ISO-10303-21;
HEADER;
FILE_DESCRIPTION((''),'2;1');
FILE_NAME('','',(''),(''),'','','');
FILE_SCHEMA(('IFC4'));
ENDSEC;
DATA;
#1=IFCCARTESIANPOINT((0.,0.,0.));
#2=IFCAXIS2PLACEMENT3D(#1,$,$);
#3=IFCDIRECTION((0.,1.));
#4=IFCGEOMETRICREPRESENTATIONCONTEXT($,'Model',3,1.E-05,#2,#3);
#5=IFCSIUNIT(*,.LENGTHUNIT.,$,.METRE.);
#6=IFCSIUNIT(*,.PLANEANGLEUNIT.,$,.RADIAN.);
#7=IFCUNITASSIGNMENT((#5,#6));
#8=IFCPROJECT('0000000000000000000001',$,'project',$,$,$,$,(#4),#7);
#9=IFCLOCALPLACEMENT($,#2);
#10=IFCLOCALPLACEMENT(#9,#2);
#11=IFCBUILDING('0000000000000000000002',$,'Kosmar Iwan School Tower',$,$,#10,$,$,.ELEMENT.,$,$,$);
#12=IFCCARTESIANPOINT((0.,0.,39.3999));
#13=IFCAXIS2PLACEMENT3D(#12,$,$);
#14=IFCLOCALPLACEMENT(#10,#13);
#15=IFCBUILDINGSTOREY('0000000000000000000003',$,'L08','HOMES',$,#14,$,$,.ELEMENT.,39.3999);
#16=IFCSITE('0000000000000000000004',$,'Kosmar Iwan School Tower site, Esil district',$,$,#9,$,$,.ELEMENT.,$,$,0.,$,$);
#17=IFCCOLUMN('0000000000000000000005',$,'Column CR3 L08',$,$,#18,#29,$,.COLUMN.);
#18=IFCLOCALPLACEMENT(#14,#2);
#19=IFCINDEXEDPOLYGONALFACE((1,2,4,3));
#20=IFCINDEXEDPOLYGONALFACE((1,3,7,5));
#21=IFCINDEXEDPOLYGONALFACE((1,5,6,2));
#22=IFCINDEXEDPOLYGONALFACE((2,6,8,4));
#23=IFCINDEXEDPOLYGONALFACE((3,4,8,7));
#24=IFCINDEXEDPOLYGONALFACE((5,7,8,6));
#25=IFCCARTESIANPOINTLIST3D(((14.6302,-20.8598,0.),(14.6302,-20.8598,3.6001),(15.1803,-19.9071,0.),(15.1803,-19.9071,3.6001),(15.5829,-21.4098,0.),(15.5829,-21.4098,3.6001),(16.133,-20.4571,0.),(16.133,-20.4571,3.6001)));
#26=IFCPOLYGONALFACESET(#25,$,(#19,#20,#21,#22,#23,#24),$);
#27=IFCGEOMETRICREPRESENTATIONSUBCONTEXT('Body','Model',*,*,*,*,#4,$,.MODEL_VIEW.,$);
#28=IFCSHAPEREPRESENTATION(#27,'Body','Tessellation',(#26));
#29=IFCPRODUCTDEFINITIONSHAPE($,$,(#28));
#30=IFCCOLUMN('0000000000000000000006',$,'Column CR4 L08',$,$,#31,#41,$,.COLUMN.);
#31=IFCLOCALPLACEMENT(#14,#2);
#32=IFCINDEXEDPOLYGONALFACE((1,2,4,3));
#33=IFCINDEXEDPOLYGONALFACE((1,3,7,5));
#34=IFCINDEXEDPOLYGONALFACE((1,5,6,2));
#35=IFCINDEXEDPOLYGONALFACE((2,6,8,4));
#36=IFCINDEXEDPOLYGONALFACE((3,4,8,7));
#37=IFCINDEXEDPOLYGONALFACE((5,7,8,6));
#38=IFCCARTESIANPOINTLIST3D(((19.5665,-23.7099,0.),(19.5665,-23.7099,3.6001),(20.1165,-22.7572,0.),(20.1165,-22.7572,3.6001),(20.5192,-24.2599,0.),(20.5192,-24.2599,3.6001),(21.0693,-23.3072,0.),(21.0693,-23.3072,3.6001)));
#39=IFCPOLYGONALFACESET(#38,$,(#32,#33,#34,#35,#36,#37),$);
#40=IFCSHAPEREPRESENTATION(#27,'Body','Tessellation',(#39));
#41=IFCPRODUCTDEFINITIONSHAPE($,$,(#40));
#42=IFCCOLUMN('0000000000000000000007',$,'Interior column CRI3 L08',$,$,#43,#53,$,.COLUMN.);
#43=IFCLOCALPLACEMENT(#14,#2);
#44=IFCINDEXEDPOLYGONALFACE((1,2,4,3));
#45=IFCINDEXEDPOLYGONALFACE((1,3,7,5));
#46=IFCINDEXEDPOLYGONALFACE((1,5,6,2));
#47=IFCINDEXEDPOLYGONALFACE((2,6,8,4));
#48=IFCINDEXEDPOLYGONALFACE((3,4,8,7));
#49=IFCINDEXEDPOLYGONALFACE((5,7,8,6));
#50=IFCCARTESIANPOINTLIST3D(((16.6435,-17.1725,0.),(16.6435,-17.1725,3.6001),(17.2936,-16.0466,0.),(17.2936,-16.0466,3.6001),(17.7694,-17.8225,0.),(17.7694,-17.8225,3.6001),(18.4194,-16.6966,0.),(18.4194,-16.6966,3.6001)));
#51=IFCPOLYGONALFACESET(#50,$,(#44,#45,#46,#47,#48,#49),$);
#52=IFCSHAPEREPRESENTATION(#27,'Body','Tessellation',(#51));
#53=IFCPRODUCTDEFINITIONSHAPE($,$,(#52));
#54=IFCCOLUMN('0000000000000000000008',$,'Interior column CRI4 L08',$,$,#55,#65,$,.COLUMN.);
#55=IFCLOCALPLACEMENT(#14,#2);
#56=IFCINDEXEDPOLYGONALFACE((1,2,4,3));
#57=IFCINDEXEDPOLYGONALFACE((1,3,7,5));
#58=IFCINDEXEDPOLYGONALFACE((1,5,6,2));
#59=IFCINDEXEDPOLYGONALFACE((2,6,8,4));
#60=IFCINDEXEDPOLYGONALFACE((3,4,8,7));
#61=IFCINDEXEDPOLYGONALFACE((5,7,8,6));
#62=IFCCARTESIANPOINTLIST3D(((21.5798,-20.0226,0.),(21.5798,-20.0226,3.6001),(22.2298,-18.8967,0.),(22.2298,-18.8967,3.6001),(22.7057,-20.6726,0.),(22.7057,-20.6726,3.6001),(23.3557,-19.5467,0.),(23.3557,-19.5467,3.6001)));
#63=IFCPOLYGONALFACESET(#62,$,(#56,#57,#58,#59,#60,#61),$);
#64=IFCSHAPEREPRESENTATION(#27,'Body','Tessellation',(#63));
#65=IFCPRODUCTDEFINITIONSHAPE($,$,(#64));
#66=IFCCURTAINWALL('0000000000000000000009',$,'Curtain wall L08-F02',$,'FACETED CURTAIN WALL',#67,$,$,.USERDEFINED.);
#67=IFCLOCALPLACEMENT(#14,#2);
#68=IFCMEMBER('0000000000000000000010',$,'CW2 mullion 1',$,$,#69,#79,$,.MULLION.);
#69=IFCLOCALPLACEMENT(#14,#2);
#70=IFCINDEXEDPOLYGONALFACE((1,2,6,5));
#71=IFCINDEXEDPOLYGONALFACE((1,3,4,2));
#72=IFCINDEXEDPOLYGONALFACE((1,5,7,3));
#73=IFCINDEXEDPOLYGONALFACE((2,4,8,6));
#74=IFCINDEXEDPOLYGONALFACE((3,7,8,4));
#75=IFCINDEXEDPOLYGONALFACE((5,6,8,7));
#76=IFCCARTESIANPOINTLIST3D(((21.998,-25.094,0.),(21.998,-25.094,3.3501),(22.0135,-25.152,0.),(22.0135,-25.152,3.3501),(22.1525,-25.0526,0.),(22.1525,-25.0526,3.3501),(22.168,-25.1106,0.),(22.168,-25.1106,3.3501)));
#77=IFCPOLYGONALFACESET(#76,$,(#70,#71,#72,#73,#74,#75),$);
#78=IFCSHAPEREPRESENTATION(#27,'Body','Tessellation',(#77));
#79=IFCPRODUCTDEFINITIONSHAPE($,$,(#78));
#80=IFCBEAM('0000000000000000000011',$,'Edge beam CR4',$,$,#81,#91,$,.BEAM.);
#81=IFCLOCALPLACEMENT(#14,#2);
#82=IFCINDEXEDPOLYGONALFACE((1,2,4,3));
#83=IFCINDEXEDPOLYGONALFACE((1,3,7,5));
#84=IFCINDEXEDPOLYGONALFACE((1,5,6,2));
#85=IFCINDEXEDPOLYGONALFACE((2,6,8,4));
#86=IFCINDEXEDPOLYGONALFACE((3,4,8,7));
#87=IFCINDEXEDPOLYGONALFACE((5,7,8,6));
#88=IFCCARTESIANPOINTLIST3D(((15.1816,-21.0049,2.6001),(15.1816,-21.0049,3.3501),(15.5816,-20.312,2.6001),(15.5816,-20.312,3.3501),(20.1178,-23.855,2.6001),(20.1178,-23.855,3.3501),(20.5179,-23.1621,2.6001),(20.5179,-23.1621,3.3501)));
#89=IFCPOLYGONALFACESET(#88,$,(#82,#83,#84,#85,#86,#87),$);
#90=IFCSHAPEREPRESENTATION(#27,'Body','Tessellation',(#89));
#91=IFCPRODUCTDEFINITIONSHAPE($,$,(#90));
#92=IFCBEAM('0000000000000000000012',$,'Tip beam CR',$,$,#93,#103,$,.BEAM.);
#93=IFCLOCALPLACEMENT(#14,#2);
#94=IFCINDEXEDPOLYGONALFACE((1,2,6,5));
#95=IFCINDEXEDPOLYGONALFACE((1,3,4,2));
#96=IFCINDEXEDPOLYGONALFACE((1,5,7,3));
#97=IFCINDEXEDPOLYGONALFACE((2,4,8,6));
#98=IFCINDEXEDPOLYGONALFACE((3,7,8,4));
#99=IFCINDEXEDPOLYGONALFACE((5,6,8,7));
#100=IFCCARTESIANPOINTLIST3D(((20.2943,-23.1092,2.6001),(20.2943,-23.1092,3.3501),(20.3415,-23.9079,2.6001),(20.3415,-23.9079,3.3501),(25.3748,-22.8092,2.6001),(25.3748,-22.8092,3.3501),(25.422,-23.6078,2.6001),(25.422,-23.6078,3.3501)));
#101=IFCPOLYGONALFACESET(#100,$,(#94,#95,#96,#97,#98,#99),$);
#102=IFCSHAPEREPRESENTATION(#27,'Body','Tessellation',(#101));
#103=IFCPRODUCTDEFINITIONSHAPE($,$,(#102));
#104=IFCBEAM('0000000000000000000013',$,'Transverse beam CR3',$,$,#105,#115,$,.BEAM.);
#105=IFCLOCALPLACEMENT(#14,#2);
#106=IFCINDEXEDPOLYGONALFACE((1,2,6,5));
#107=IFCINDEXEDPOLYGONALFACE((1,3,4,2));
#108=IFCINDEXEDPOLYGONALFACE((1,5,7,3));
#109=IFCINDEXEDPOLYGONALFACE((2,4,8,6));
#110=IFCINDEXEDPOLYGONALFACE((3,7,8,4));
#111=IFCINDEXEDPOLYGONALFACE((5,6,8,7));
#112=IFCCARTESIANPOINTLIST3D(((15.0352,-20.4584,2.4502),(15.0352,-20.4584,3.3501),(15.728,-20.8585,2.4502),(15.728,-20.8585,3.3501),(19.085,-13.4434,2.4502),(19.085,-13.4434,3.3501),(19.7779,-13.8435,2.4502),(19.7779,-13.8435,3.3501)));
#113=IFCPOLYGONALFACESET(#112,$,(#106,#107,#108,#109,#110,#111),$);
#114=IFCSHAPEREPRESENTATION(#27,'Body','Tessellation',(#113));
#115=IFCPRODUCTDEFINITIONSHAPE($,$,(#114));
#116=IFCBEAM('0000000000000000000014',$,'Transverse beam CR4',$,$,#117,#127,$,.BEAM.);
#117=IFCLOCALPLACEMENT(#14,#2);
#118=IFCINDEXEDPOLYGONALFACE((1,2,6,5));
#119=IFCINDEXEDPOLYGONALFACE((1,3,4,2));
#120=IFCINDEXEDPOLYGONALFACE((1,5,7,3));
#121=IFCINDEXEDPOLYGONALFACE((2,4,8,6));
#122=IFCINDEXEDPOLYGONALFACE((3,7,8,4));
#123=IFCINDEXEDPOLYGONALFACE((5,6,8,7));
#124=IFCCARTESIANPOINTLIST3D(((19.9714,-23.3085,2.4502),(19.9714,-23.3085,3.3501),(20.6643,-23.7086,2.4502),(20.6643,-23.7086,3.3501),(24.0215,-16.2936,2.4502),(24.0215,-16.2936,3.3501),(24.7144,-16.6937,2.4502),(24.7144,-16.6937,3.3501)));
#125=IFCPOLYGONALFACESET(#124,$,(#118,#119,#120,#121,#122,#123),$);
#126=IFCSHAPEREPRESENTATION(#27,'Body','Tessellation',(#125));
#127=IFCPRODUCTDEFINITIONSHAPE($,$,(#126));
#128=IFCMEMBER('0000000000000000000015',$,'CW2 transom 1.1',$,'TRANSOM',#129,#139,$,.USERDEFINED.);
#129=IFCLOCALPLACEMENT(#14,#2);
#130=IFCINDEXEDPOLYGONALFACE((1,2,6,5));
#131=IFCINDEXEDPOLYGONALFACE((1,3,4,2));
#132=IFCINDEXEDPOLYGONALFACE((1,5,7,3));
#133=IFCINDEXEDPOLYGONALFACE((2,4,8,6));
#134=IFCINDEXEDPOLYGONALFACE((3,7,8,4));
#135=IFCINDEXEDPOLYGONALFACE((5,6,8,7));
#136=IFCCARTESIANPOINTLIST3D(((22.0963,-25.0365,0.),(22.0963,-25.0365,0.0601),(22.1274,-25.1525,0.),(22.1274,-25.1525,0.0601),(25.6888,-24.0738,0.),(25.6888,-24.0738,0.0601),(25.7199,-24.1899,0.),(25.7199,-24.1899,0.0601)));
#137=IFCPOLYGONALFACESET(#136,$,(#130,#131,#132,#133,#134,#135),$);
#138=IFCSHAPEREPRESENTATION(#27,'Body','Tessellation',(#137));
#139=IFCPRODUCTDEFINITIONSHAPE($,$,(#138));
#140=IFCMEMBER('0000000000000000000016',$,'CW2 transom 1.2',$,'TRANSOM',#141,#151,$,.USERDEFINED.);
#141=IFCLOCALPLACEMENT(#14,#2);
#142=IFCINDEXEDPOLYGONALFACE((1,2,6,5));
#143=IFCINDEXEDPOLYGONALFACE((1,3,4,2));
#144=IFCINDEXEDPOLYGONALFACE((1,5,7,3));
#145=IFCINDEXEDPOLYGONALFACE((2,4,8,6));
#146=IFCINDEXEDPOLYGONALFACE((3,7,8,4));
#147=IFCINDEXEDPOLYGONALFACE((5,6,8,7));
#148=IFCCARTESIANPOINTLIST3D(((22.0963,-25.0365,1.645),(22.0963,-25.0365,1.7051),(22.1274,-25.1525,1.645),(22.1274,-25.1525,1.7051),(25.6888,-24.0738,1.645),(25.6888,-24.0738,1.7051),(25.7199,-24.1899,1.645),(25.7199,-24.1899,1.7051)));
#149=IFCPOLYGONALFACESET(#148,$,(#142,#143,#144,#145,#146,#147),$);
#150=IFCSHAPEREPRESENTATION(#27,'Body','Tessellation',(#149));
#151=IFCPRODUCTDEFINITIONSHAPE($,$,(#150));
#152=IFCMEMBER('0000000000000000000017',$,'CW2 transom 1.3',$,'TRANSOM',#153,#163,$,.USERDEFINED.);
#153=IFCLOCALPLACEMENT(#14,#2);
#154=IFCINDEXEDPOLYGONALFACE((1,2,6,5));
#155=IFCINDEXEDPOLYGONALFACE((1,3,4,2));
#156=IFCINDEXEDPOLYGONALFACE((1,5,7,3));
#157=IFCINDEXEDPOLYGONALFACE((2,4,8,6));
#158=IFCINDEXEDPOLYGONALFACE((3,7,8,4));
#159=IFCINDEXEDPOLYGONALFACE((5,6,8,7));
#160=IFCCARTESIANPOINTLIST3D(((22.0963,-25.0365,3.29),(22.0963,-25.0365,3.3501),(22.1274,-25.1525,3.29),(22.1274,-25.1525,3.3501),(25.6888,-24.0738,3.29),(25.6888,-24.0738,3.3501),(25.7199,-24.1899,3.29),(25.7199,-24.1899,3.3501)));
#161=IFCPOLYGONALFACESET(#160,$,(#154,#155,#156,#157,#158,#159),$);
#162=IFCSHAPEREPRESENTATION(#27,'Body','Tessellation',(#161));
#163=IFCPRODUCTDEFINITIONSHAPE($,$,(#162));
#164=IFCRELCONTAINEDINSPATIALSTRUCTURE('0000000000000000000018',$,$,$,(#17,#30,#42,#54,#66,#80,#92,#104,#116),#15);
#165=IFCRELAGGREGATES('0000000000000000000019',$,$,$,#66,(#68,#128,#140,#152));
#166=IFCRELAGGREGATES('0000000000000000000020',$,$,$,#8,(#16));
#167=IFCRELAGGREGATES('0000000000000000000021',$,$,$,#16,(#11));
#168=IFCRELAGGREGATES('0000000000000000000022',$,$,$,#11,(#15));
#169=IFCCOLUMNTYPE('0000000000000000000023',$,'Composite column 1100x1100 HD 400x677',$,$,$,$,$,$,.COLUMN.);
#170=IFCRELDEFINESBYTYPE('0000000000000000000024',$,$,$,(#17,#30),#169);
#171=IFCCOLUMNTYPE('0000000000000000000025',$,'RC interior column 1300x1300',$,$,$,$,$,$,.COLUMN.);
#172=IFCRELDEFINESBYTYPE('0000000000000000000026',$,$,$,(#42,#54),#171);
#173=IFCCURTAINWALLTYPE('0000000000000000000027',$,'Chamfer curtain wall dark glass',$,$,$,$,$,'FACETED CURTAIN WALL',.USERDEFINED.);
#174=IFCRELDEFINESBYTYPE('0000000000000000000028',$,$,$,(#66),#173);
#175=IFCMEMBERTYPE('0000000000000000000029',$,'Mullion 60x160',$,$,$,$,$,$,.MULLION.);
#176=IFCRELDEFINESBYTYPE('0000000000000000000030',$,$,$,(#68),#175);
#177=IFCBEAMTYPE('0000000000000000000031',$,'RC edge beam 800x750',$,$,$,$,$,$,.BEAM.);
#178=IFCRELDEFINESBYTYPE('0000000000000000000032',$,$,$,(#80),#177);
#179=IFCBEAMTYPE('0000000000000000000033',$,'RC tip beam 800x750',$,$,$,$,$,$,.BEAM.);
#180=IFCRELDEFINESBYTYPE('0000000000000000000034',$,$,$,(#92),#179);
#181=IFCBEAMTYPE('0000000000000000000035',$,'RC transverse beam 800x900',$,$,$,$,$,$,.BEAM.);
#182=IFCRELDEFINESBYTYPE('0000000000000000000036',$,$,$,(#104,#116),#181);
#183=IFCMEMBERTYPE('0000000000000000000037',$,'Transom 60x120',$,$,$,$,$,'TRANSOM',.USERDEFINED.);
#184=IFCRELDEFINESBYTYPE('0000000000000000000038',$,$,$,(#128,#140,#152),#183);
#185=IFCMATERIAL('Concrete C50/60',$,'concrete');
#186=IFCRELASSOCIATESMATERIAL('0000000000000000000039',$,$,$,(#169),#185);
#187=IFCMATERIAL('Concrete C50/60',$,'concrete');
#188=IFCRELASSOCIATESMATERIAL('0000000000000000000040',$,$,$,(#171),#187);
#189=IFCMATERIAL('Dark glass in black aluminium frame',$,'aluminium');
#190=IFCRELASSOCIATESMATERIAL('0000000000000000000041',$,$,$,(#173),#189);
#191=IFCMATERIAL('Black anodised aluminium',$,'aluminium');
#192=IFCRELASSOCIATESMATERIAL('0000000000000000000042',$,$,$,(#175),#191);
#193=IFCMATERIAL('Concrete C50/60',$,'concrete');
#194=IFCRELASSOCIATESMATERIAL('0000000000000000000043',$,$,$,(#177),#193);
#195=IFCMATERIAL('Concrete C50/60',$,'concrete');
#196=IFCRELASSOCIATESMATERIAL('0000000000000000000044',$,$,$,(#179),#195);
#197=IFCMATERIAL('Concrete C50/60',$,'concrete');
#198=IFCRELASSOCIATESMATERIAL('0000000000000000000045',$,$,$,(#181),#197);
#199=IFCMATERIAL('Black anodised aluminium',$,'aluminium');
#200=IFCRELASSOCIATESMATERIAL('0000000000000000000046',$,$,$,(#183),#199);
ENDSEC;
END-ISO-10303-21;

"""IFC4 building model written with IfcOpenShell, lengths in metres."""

from ifc_helpers import new_model, si_unit, direction, frame, origin, origin_2d, place, context, subcontext, project, spatial, rectangle, extrude, material, material_profile, profile_set, type_object, element, aggregate, save


model = new_model("IFC4")

# Units and contexts
model_context = context("Model", 3, precision=1e-05, world=origin(), true_north=direction((0.0, 1.0)))
body_context = subcontext(model_context, "Body", "Model", "MODEL_VIEW")
ifc_project = project(units=[si_unit("LENGTHUNIT", "METRE"), si_unit("PLANEANGLEUNIT", "RADIAN")], contexts=[model_context])

# Site, building, storey
site_placement = place(None, origin())
site = spatial("IfcSite", under=ifc_project, at=site_placement, Name="Kosmar Iwan School Tower site, Esil district", CompositionType="ELEMENT", RefElevation=0.0)
building_placement = place(site_placement, origin())
building = spatial("IfcBuilding", under=site, at=building_placement, Name="Kosmar Iwan School Tower", CompositionType="ELEMENT")
storey_placement = place(building_placement, frame((0.0, 0.0, 39.3999)))
storey = spatial("IfcBuildingStorey", under=building, at=storey_placement, Name="L08", Description="HOMES", CompositionType="ELEMENT", Elevation=39.3999)

# Columns
ifc_material_1 = material(Name="Concrete C50/60", Category="concrete")
ifc_material_profile_1 = material_profile(ifc_material_1, rectangle(XDim=1.1001, YDim=1.1001, at=origin_2d()), Name="RC 1100x1100 + HD 400x677")
ifc_profile_set_1 = profile_set([ifc_material_profile_1], Name="Concrete C50/60")
column_type_1 = type_object("IfcColumnType", Name="Composite column 1100x1100 HD 400x677", PredefinedType="COLUMN", material=ifc_profile_set_1)
for number, where, z_axis, x_axis, name in (
    (1, (15.3816, -20.6584, 0.0), (0.0, 0.0, 1.0), (0.866025, -0.5, 0.0), "Column CR3 L08"),
    (2, (20.3179, -23.5085, 0.0), (0.0, 0.0, 1.0), (0.866025, -0.5, 0.0), "Column CR4 L08"),
):
    element("IfcColumn", number, at=place(storey_placement, frame(where, z_axis=z_axis, x_axis=x_axis)), inside=storey, type_object=column_type_1, Name=name, PredefinedType="COLUMN", context=body_context, shape_type="SweptSolid", body=[
        extrude(rectangle(XDim=1.1001, YDim=1.1001, at=origin_2d()), origin(), (0.0, 0.0, 1.0), 3.6001),
    ])
ifc_material_2 = material(Name="Concrete C50/60", Category="concrete")
ifc_material_profile_2 = material_profile(ifc_material_2, rectangle(XDim=1.3, YDim=1.3, at=origin_2d()), Name="RC 1300x1300")
ifc_profile_set_2 = profile_set([ifc_material_profile_2], Name="Concrete C50/60")
column_type_2 = type_object("IfcColumnType", Name="RC interior column 1300x1300", PredefinedType="COLUMN", material=ifc_profile_set_2)
for number, where, z_axis, x_axis, name in (
    (3, (17.5315, -16.9346, 0.0), (0.0, 0.0, 1.0), (0.866025, -0.5, 0.0), "Interior column CRI3 L08"),
    (4, (22.4678, -19.7847, 0.0), (0.0, 0.0, 1.0), (0.866025, -0.5, 0.0), "Interior column CRI4 L08"),
):
    element("IfcColumn", number, at=place(storey_placement, frame(where, z_axis=z_axis, x_axis=x_axis)), inside=storey, type_object=column_type_2, Name=name, PredefinedType="COLUMN", context=body_context, shape_type="SweptSolid", body=[
        extrude(rectangle(XDim=1.3, YDim=1.3, at=origin_2d()), origin(), (0.0, 0.0, 1.0), 3.6001),
    ])

# Curtain wall, member
ifc_material_3 = material(Name="Dark glass in black aluminium frame", Category="aluminium")
curtain_wall_type = type_object("IfcCurtainWallType", Name="Chamfer curtain wall dark glass", ElementType="FACETED CURTAIN WALL", PredefinedType="USERDEFINED", material=ifc_material_3)
curtain_wall_placement = place(storey_placement, origin())
curtain_wall = element("IfcCurtainWall", 5, at=curtain_wall_placement, inside=storey, type_object=curtain_wall_type, Name="Curtain wall L08-F02", ObjectType="FACETED CURTAIN WALL", PredefinedType="USERDEFINED")
ifc_material_4 = material(Name="Black anodised aluminium", Category="aluminium")
ifc_material_profile_3 = material_profile(ifc_material_4, rectangle(XDim=0.0601, YDim=0.1599, at=origin_2d()), Name="MULLION 60x160")
ifc_profile_set_3 = profile_set([ifc_material_profile_3], Name="Black anodised aluminium")
member_type_1 = type_object("IfcMemberType", Name="Mullion 60x160", PredefinedType="MULLION", material=ifc_profile_set_3)
member_1_placement = place(storey_placement, frame((22.083, -25.1023, 0.0), z_axis=(0.0, 0.0, 1.0), x_axis=(-0.258819, 0.965926, 0.0)))
member_1 = element("IfcMember", 6, at=member_1_placement, type_object=member_type_1, Name="CW2 mullion 1", PredefinedType="MULLION", context=body_context, shape_type="SweptSolid", body=[
    extrude(rectangle(XDim=0.0601, YDim=0.1599, at=origin_2d()), origin(), (0.0, 0.0, 1.0), 3.3501),
])

# Beams
ifc_material_5 = material(Name="Concrete C50/60", Category="concrete")
ifc_material_profile_4 = material_profile(ifc_material_5, rectangle(XDim=0.8, YDim=0.75, at=origin_2d()), Name="RC 800x750")
ifc_profile_set_4 = profile_set([ifc_material_profile_4], Name="Concrete C50/60")
beam_type_1 = type_object("IfcBeamType", Name="RC edge beam 800x750", PredefinedType="BEAM", material=ifc_profile_set_4)
beam_1_placement = place(storey_placement, frame((15.3816, -20.6584, 2.9751), z_axis=(0.866015, -0.500018, 0.0), x_axis=(0.500018, 0.866015, 0.0)))
element("IfcBeam", 7, at=beam_1_placement, inside=storey, type_object=beam_type_1, Name="Edge beam CR4", PredefinedType="BEAM", context=body_context, shape_type="SweptSolid", body=[
    extrude(rectangle(XDim=0.8, YDim=0.75, at=origin_2d()), origin(), (0.0, 0.0, 1.0), 5.7),
])
ifc_material_6 = material(Name="Concrete C50/60", Category="concrete")
ifc_material_profile_5 = material_profile(ifc_material_6, rectangle(XDim=0.8, YDim=0.75, at=origin_2d()), Name="RC 800x750")
ifc_profile_set_5 = profile_set([ifc_material_profile_5], Name="Concrete C50/60")
beam_type_2 = type_object("IfcBeamType", Name="RC tip beam 800x750", PredefinedType="BEAM", material=ifc_profile_set_5)
beam_2_placement = place(storey_placement, frame((20.3179, -23.5085, 2.9751), z_axis=(0.998261, 0.058955, 0.0), x_axis=(-0.058955, 0.998261, 0.0)))
element("IfcBeam", 8, at=beam_2_placement, inside=storey, type_object=beam_type_2, Name="Tip beam CR", PredefinedType="BEAM", context=body_context, shape_type="SweptSolid", body=[
    extrude(rectangle(XDim=0.8, YDim=0.75, at=origin_2d()), origin(), (0.0, 0.0, 1.0), 5.0894),
])
ifc_material_7 = material(Name="Concrete C50/60", Category="concrete")
ifc_material_profile_6 = material_profile(ifc_material_7, rectangle(XDim=0.8, YDim=0.8999, at=origin_2d()), Name="RC 800x900")
ifc_profile_set_6 = profile_set([ifc_material_profile_6], Name="Concrete C50/60")
beam_type_3 = type_object("IfcBeamType", Name="RC transverse beam 800x900", PredefinedType="BEAM", material=ifc_profile_set_6)
for number, where, z_axis, x_axis, name in (
    (9, (15.3816, -20.6584, 2.9001), (0.499977, 0.866039, 0.0), (-0.866039, 0.499977, 0.0), "Transverse beam CR3"),
    (10, (20.3179, -23.5085, 2.9001), (0.5, 0.866025, 0.0), (-0.866025, 0.5, 0.0), "Transverse beam CR4"),
):
    element("IfcBeam", number, at=place(storey_placement, frame(where, z_axis=z_axis, x_axis=x_axis)), inside=storey, type_object=beam_type_3, Name=name, PredefinedType="BEAM", context=body_context, shape_type="SweptSolid", body=[
        extrude(rectangle(XDim=0.8, YDim=0.8999, at=origin_2d()), origin(), (0.0, 0.0, 1.0), 8.1001),
    ])

# Members
ifc_material_8 = material(Name="Black anodised aluminium", Category="aluminium")
ifc_material_profile_7 = material_profile(ifc_material_8, rectangle(XDim=0.1201, YDim=0.0601, at=origin_2d()), Name="TRANSOM 60x120")
ifc_profile_set_7 = profile_set([ifc_material_profile_7], Name="Black anodised aluminium")
member_type_2 = type_object("IfcMemberType", Name="Transom 60x120", ElementType="TRANSOM", PredefinedType="USERDEFINED", material=ifc_profile_set_7)
member_2_placement = place(storey_placement, frame((22.1118, -25.0945, 0.03), z_axis=(0.965924, 0.258827, 0.0), x_axis=(-0.258827, 0.965924, 0.0)))
member_2 = element("IfcMember", 11, at=member_2_placement, type_object=member_type_2, Name="CW2 transom 1.1", ObjectType="TRANSOM", PredefinedType="USERDEFINED", context=body_context, shape_type="SweptSolid", body=[
    extrude(rectangle(XDim=0.1201, YDim=0.0601, at=origin_2d()), origin(), (0.0, 0.0, 1.0), 3.7192),
])
member_3_placement = place(storey_placement, frame((22.1118, -25.0945, 1.675), z_axis=(0.965924, 0.258827, 0.0), x_axis=(-0.258827, 0.965924, 0.0)))
member_3 = element("IfcMember", 12, at=member_3_placement, type_object=member_type_2, Name="CW2 transom 1.2", ObjectType="TRANSOM", PredefinedType="USERDEFINED", context=body_context, shape_type="SweptSolid", body=[
    extrude(rectangle(XDim=0.1201, YDim=0.0601, at=origin_2d()), origin(), (0.0, 0.0, 1.0), 3.7192),
])
member_4_placement = place(storey_placement, frame((22.1118, -25.0945, 3.3201), z_axis=(0.965924, 0.258827, 0.0), x_axis=(-0.258827, 0.965924, 0.0)))
member_4 = element("IfcMember", 13, at=member_4_placement, type_object=member_type_2, Name="CW2 transom 1.3", ObjectType="TRANSOM", PredefinedType="USERDEFINED", context=body_context, shape_type="SweptSolid", body=[
    extrude(rectangle(XDim=0.1201, YDim=0.0601, at=origin_2d()), origin(), (0.0, 0.0, 1.0), 3.7192),
])
aggregate(curtain_wall, [member_1, member_2, member_3, member_4])

save(model, "model.ifc")
